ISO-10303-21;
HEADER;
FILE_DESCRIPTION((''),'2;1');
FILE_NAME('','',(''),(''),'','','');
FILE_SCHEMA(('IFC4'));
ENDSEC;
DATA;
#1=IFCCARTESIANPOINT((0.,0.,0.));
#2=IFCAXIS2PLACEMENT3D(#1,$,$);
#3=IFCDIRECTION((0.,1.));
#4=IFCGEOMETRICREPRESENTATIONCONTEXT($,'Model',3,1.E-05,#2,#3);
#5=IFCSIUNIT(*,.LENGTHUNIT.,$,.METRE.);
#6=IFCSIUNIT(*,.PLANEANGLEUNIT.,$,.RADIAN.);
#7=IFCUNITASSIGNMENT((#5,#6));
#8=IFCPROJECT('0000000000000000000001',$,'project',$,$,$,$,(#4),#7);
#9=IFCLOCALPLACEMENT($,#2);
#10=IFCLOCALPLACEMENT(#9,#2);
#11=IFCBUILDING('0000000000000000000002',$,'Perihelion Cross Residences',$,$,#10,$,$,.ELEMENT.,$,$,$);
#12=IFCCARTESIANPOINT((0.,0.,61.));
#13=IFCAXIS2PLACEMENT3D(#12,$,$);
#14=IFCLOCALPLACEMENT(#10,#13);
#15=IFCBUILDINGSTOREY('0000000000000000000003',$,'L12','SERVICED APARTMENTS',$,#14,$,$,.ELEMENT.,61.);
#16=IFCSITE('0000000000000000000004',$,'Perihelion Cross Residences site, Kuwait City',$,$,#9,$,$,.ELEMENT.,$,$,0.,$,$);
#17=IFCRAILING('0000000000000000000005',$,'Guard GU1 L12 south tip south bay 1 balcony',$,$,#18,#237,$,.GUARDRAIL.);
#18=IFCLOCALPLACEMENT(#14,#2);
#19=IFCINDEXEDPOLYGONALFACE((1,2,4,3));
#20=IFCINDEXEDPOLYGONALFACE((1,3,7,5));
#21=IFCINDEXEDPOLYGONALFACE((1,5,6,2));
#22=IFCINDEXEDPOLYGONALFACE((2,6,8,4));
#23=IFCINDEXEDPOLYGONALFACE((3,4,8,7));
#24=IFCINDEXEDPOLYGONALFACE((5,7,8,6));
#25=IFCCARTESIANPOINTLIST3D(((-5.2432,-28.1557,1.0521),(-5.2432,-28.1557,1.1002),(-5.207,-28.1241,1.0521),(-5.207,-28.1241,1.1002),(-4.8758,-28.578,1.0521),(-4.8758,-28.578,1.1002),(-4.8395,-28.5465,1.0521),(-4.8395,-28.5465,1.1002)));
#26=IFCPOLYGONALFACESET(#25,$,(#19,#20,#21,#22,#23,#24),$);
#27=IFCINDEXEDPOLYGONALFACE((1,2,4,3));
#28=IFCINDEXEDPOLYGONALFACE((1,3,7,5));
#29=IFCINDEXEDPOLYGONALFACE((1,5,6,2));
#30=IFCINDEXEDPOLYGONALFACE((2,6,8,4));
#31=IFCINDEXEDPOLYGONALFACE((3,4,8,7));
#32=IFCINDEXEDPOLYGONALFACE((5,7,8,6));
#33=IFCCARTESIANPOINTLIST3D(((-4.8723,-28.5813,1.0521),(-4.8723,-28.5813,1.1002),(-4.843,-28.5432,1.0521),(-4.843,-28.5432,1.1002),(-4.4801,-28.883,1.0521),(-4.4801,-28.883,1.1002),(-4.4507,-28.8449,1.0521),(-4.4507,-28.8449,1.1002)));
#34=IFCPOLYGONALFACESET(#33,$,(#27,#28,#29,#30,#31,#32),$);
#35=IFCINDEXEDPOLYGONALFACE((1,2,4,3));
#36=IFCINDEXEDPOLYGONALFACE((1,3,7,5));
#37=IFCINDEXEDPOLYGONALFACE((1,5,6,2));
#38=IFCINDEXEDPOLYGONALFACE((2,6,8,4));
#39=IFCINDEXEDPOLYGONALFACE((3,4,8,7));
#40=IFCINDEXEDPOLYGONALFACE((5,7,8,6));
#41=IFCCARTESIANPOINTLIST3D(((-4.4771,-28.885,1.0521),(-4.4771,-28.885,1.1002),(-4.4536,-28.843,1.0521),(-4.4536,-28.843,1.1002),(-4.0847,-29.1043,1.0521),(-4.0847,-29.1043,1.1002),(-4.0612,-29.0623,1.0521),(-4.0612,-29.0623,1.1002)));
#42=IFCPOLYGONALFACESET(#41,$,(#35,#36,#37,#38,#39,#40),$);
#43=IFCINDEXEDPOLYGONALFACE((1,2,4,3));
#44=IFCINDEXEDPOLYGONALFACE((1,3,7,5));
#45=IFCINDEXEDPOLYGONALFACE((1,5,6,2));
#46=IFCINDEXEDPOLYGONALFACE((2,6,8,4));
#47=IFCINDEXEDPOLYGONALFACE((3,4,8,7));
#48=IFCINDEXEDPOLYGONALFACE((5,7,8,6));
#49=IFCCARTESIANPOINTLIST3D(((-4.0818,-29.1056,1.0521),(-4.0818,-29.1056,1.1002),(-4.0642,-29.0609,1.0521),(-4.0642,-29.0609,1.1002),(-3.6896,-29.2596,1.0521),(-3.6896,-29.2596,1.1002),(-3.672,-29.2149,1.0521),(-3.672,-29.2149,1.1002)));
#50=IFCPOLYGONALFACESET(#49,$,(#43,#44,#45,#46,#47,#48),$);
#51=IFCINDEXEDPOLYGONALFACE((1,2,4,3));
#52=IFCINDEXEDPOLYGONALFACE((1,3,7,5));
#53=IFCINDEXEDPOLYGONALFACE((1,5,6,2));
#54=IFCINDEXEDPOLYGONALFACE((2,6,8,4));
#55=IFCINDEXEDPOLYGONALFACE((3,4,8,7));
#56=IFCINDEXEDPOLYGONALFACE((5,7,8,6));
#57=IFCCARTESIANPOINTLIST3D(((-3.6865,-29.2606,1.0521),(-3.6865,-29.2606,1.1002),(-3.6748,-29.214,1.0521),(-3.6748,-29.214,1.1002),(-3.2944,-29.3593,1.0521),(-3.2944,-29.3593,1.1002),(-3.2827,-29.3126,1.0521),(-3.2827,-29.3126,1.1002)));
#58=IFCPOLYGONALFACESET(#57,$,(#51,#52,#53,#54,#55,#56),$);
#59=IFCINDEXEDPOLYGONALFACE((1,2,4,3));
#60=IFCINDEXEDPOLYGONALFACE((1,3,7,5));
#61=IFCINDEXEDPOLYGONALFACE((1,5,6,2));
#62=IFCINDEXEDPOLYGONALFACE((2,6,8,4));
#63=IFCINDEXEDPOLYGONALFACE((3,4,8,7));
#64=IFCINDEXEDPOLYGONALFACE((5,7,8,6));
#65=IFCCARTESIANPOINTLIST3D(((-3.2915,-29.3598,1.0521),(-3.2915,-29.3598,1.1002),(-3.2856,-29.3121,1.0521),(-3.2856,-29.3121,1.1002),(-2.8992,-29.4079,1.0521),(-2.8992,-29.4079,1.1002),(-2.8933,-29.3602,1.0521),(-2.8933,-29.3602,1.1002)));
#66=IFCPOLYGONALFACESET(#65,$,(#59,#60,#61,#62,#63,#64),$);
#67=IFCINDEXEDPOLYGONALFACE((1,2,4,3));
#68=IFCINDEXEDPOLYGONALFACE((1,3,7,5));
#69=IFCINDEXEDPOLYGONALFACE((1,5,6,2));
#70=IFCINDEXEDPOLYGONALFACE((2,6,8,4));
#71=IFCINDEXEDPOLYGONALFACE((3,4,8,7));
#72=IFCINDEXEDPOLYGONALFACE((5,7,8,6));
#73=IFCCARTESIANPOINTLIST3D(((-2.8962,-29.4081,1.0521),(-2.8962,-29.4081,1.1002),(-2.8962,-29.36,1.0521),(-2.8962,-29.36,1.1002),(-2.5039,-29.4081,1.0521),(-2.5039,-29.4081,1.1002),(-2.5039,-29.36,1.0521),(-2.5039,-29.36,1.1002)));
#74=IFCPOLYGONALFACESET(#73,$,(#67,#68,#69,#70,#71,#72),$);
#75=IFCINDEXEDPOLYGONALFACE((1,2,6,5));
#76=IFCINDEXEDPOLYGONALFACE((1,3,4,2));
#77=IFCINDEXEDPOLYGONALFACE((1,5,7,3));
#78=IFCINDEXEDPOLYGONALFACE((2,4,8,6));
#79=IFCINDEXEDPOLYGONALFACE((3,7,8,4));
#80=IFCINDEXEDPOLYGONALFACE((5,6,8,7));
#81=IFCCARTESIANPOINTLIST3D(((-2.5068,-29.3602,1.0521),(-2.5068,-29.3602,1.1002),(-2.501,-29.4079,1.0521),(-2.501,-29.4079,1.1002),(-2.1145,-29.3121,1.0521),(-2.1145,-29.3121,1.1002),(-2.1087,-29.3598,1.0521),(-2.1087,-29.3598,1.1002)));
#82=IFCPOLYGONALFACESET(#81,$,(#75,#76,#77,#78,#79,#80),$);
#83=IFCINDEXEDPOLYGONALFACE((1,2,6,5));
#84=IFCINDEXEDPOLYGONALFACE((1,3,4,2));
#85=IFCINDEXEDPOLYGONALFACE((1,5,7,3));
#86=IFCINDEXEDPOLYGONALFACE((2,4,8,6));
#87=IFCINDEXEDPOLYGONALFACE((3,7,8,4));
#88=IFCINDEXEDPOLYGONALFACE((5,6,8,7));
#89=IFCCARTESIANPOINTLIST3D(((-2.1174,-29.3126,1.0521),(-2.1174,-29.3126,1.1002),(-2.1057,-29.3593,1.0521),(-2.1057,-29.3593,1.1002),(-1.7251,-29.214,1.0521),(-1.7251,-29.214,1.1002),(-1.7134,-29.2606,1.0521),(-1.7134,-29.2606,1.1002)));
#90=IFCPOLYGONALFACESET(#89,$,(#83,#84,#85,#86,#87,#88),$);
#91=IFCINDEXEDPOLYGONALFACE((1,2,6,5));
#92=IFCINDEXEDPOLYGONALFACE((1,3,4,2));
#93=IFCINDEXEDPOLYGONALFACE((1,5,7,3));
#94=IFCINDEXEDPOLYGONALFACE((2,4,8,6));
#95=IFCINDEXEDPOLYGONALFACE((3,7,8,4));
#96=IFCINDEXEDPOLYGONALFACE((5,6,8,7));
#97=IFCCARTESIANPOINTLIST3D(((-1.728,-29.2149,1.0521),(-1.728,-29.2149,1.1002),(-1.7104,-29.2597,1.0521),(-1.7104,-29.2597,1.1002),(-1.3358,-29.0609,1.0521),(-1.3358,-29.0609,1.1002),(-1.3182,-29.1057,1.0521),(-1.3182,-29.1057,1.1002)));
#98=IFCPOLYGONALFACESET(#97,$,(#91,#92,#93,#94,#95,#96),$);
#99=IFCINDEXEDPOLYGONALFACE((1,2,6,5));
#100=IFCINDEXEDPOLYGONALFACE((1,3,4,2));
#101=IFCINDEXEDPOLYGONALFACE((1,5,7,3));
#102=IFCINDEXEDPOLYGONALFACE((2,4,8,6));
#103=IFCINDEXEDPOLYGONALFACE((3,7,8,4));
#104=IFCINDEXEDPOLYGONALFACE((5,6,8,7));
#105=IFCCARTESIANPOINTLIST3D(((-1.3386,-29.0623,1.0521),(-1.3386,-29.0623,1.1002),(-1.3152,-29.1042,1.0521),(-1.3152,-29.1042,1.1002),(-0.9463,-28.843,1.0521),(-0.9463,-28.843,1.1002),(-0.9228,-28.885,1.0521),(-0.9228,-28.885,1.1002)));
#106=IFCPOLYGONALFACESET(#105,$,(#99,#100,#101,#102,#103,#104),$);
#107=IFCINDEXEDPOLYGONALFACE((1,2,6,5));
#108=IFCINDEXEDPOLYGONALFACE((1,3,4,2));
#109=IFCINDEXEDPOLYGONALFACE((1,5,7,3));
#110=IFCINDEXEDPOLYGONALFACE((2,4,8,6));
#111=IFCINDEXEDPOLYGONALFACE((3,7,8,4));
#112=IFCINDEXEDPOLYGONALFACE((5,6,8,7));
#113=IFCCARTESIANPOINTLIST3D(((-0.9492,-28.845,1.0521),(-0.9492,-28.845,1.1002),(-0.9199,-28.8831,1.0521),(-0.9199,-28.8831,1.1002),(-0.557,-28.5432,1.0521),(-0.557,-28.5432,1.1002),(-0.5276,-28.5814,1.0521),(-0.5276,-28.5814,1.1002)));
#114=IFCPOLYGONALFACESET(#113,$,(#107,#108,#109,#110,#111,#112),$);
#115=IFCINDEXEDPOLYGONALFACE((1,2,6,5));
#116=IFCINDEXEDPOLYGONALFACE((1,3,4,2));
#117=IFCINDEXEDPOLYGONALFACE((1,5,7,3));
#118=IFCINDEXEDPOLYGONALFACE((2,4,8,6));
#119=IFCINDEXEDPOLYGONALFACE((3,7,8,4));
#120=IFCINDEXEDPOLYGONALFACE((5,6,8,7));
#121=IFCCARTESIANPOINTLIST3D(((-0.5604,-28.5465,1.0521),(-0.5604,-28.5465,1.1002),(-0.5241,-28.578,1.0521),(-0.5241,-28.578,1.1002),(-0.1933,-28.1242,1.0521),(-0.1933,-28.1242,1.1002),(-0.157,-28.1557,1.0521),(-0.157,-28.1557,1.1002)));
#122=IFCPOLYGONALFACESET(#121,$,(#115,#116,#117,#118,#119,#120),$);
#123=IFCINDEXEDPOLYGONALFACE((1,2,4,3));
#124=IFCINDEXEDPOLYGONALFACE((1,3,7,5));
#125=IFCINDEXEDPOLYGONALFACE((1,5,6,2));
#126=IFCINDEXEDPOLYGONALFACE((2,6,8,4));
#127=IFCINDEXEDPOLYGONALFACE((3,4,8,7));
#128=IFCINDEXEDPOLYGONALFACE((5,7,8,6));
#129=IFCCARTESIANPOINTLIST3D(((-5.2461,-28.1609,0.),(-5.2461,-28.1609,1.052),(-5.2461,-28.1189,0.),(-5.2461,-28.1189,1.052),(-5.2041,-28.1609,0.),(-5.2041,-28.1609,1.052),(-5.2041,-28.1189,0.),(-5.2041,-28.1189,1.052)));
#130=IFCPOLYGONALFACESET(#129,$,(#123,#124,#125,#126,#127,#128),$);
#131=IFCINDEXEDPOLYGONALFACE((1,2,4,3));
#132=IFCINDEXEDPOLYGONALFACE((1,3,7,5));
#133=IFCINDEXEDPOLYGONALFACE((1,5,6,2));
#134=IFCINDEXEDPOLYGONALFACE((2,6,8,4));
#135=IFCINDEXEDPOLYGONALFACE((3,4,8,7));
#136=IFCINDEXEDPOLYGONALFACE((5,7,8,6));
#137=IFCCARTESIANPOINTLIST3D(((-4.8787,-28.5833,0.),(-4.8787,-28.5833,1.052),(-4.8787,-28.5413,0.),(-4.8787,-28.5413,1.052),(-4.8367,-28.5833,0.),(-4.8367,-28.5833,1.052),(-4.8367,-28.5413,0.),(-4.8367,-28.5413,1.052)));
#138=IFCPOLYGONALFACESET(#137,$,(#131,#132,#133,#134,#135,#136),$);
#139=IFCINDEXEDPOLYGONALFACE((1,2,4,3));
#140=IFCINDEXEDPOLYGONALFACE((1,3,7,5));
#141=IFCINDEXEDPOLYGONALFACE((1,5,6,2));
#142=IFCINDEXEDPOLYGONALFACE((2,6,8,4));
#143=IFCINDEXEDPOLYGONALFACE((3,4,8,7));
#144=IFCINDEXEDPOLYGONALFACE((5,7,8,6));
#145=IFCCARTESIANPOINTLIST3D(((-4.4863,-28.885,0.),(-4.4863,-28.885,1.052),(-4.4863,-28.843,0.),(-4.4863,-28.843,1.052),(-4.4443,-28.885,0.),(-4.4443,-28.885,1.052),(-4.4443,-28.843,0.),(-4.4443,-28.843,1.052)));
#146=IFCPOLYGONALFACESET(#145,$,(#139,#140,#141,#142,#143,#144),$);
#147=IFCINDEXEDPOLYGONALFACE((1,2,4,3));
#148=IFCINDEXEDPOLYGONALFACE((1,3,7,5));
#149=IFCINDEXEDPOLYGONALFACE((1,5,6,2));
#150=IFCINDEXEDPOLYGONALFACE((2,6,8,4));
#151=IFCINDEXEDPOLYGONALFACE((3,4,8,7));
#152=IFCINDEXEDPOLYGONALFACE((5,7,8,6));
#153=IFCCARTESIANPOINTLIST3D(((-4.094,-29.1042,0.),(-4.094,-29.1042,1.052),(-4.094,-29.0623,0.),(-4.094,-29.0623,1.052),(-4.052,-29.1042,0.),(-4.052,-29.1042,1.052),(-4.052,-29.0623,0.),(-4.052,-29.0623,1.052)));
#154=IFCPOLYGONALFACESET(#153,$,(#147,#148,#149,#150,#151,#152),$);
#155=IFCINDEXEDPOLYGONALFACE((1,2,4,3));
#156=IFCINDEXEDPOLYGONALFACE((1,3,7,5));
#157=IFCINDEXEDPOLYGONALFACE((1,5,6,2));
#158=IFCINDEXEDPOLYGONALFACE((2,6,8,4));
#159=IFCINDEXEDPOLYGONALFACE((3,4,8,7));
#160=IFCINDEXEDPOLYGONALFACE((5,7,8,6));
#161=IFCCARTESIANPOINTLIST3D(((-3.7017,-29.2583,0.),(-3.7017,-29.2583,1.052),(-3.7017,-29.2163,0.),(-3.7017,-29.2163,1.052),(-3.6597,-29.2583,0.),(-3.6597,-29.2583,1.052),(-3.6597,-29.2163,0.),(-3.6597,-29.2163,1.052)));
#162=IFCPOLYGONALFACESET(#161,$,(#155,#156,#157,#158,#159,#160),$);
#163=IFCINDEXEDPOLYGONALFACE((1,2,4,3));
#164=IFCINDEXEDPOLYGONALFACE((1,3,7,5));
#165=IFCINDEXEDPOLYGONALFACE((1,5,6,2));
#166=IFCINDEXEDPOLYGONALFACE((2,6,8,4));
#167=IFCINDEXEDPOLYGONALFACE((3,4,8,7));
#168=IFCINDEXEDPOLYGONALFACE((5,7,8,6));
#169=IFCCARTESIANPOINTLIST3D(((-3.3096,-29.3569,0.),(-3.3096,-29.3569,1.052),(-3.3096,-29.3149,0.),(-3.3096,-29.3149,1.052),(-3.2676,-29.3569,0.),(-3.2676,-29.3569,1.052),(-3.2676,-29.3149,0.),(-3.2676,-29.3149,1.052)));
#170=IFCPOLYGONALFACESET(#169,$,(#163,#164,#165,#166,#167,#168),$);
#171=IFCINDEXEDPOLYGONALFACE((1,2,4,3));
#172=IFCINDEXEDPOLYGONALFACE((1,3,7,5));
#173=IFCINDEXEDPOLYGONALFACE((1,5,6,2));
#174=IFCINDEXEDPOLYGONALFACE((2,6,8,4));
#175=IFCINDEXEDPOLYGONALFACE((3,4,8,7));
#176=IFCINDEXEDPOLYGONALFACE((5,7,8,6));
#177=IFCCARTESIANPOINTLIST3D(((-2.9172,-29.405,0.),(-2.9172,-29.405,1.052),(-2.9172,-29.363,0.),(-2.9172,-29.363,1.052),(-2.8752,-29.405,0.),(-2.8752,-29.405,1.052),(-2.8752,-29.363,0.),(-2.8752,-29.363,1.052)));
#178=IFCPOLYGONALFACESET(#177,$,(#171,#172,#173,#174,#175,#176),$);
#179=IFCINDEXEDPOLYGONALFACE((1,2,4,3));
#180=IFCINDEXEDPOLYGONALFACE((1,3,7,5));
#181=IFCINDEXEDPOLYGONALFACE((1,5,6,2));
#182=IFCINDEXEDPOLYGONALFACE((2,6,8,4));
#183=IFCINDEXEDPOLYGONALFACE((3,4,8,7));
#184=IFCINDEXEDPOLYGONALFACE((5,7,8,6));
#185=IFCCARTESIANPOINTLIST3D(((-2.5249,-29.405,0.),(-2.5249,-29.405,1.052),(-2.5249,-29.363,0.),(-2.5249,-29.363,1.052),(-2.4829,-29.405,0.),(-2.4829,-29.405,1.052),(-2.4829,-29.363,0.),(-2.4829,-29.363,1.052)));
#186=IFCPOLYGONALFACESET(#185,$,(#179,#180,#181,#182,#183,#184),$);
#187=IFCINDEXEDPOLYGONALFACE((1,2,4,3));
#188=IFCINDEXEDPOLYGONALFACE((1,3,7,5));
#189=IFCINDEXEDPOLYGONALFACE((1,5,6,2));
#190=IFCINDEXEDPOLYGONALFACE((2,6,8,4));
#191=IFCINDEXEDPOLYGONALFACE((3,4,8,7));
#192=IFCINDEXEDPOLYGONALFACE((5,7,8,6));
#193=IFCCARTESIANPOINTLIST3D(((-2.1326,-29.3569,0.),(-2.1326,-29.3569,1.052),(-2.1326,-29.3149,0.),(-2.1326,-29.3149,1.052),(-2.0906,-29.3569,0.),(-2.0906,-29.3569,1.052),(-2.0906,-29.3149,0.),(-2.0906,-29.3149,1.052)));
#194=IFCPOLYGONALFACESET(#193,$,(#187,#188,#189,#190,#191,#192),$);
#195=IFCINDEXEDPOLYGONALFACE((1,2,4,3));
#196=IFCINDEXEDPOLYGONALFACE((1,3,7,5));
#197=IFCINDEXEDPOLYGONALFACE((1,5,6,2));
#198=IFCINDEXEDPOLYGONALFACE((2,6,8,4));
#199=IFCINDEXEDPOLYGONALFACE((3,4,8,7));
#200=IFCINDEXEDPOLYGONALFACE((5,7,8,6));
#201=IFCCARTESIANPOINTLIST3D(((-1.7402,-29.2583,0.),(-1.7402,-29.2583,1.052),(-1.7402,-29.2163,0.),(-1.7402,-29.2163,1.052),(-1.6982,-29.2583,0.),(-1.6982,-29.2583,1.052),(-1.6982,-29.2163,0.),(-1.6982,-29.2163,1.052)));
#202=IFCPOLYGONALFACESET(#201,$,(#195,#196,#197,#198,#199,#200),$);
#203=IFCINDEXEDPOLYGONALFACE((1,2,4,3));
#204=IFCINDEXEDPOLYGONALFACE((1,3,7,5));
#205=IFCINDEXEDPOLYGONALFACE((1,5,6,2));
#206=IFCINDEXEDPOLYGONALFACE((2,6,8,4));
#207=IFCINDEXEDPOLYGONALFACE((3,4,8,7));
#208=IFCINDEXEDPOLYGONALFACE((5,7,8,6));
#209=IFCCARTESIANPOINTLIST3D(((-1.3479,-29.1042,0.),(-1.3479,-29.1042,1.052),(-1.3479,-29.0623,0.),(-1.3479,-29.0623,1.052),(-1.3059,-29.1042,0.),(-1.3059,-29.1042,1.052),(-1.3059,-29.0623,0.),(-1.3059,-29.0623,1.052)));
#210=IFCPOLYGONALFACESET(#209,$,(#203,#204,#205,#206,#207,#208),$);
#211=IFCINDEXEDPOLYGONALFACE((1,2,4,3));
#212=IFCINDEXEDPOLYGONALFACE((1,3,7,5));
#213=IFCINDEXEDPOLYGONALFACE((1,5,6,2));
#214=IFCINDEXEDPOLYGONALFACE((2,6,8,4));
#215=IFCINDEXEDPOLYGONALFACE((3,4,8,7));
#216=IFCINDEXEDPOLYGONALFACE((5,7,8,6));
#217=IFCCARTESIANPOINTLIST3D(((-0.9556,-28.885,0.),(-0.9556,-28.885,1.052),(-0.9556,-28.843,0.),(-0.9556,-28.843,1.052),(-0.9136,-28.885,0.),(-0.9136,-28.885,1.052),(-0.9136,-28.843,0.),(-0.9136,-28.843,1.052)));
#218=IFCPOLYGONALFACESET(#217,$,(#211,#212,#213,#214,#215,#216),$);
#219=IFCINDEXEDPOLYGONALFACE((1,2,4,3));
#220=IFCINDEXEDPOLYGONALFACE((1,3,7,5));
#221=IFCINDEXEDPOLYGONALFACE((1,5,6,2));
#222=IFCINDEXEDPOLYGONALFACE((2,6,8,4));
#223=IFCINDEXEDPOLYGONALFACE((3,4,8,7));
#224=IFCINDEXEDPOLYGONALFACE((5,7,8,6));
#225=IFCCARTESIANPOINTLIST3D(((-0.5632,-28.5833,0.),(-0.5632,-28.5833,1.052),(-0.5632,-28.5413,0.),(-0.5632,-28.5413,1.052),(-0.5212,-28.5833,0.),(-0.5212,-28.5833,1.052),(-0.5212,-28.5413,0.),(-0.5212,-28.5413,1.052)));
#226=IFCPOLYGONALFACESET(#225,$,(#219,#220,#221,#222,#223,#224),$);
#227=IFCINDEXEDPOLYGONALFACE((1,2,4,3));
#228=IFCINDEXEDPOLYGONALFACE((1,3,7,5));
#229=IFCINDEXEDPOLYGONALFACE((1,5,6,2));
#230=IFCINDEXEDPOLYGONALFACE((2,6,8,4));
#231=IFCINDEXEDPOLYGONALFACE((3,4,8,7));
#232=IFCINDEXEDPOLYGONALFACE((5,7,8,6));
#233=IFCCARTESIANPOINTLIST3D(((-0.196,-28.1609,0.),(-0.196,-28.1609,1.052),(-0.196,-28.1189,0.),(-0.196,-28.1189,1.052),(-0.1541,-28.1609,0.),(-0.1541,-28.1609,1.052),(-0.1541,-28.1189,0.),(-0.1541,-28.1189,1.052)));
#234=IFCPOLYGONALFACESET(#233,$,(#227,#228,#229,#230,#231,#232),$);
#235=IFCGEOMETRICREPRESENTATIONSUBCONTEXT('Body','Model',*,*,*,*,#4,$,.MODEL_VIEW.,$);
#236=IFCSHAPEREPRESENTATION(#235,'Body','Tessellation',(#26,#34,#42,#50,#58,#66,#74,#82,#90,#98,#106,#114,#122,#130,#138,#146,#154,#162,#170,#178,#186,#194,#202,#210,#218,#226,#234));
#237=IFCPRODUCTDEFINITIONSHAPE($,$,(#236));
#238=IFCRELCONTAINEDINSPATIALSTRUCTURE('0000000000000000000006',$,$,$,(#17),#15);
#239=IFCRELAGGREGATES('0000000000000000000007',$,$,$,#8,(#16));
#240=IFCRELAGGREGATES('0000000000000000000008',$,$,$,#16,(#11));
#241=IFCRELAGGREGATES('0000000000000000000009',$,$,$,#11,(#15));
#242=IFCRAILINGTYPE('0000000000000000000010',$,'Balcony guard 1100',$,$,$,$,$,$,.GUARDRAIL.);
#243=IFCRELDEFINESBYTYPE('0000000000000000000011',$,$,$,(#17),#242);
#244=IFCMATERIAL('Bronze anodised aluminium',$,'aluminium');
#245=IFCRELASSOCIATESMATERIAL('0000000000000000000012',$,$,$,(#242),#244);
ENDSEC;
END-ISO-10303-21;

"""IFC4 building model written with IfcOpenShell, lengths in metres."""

from ifc_helpers import new_model, si_unit, direction, frame, origin, origin_2d, place, context, subcontext, project, spatial, rectangle, extrude, material, type_object, element, save


model = new_model("IFC4")

# Units and contexts
model_context = context("Model", 3, precision=1e-05, world=origin(), true_north=direction((0.0, 1.0)))
body_context = subcontext(model_context, "Body", "Model", "MODEL_VIEW")
ifc_project = project(units=[si_unit("LENGTHUNIT", "METRE"), si_unit("PLANEANGLEUNIT", "RADIAN")], contexts=[model_context])

# Site, building, storey
site_placement = place(None, origin())
site = spatial("IfcSite", under=ifc_project, at=site_placement, Name="Perihelion Cross Residences site, Kuwait City", CompositionType="ELEMENT", RefElevation=0.0)
building_placement = place(site_placement, origin())
building = spatial("IfcBuilding", under=site, at=building_placement, Name="Perihelion Cross Residences", CompositionType="ELEMENT")
storey_placement = place(building_placement, frame((0.0, 0.0, 61.0)))
storey = spatial("IfcBuildingStorey", under=building, at=storey_placement, Name="L12", Description="SERVICED APARTMENTS", CompositionType="ELEMENT", Elevation=61.0)

# Railing
ifc_material_1 = material(Name="Bronze anodised aluminium", Category="aluminium")
railing_type = type_object("IfcRailingType", Name="Balcony guard 1100", PredefinedType="GUARDRAIL", material=ifc_material_1)
railing_placement = place(storey_placement, frame((-5.2251, -28.1399, 0.0)))
element("IfcRailing", 1, at=railing_placement, inside=storey, type_object=railing_type, Name="Guard GU1 L12 south tip south bay 1 balcony", PredefinedType="GUARDRAIL", context=body_context, shape_type="SweptSolid", body=[
    extrude(rectangle(XDim=0.0481, YDim=0.0481, at=origin_2d()), frame((0.0, 0.0, 1.0762), z_axis=(0.656341, -0.754465, 0.0), x_axis=(0.754465, 0.656341, 0.0)), (0.0, 0.0, 1.0), 0.5598),
    extrude(rectangle(XDim=0.0481, YDim=0.0481, at=origin_2d()), frame((0.3674, -0.4224, 1.0762), z_axis=(0.792661, -0.609663, 0.0), x_axis=(0.609663, 0.792661, 0.0)), (0.0, 0.0, 1.0), 0.4949),
    extrude(rectangle(XDim=0.0481, YDim=0.0481, at=origin_2d()), frame((0.7598, -0.7241, 1.0762), z_axis=(0.87295, -0.487809, 0.0), x_axis=(0.487809, 0.87295, 0.0)), (0.0, 0.0, 1.0), 0.4495),
    extrude(rectangle(XDim=0.0481, YDim=0.0481, at=origin_2d()), frame((1.1521, -0.9434, 1.0762), z_axis=(0.930815, -0.365491, 0.0), x_axis=(0.365491, 0.930815, 0.0)), (0.0, 0.0, 1.0), 0.4214),
    extrude(rectangle(XDim=0.0481, YDim=0.0481, at=origin_2d()), frame((1.5444, -1.0974, 1.0762), z_axis=(0.969786, -0.243956, 0.0), x_axis=(0.243956, 0.969786, 0.0)), (0.0, 0.0, 1.0), 0.4043),
    extrude(rectangle(XDim=0.0481, YDim=0.0481, at=origin_2d()), frame((1.9365, -1.196, 1.0762), z_axis=(0.99257, -0.121678, 0.0), x_axis=(0.121678, 0.99257, 0.0)), (0.0, 0.0, 1.0), 0.3953),
    extrude(rectangle(XDim=0.0481, YDim=0.0481, at=origin_2d()), frame((2.3289, -1.2441, 1.0762), z_axis=(1.0, 0.0, 0.0), x_axis=(0.0, 1.0, 0.0)), (0.0, 0.0, 1.0), 0.3923),
    extrude(rectangle(XDim=0.0481, YDim=0.0481, at=origin_2d()), frame((2.7212, -1.2441, 1.0762), z_axis=(0.99257, 0.121678, 0.0), x_axis=(-0.121678, 0.99257, 0.0)), (0.0, 0.0, 1.0), 0.3953),
    extrude(rectangle(XDim=0.0481, YDim=0.0481, at=origin_2d()), frame((3.1135, -1.196, 1.0762), z_axis=(0.969822, 0.243813, 0.0), x_axis=(-0.243813, 0.969822, 0.0)), (0.0, 0.0, 1.0), 0.4045),
    extrude(rectangle(XDim=0.0481, YDim=0.0481, at=origin_2d()), frame((3.5059, -1.0974, 1.0762), z_axis=(0.930815, 0.365491, 0.0), x_axis=(-0.365491, 0.930815, 0.0)), (0.0, 0.0, 1.0), 0.4214),
    extrude(rectangle(XDim=0.0481, YDim=0.0481, at=origin_2d()), frame((3.8982, -0.9434, 1.0762), z_axis=(0.87295, 0.487809, 0.0), x_axis=(-0.487809, 0.87295, 0.0)), (0.0, 0.0, 1.0), 0.4495),
    extrude(rectangle(XDim=0.0481, YDim=0.0481, at=origin_2d()), frame((4.2905, -0.7241, 1.0762), z_axis=(0.792661, 0.609663, 0.0), x_axis=(-0.609663, 0.792661, 0.0)), (0.0, 0.0, 1.0), 0.4949),
    extrude(rectangle(XDim=0.0481, YDim=0.0481, at=origin_2d()), frame((4.6829, -0.4224, 1.0762), z_axis=(0.656092, 0.754681, 0.0), x_axis=(-0.754681, 0.656092, 0.0)), (0.0, 0.0, 1.0), 0.5596),
    extrude(rectangle(XDim=0.042, YDim=0.042, at=origin_2d()), origin(), (0.0, 0.0, 1.0), 1.052),
    extrude(rectangle(XDim=0.042, YDim=0.042, at=origin_2d()), frame((0.3674, -0.4224, 0.0)), (0.0, 0.0, 1.0), 1.052),
    extrude(rectangle(XDim=0.042, YDim=0.042, at=origin_2d()), frame((0.7598, -0.7241, 0.0)), (0.0, 0.0, 1.0), 1.052),
    extrude(rectangle(XDim=0.042, YDim=0.042, at=origin_2d()), frame((1.1521, -0.9434, 0.0)), (0.0, 0.0, 1.0), 1.052),
    extrude(rectangle(XDim=0.042, YDim=0.042, at=origin_2d()), frame((1.5444, -1.0974, 0.0)), (0.0, 0.0, 1.0), 1.052),
    extrude(rectangle(XDim=0.042, YDim=0.042, at=origin_2d()), frame((1.9365, -1.196, 0.0)), (0.0, 0.0, 1.0), 1.052),
    extrude(rectangle(XDim=0.042, YDim=0.042, at=origin_2d()), frame((2.3289, -1.2441, 0.0)), (0.0, 0.0, 1.0), 1.052),
    extrude(rectangle(XDim=0.042, YDim=0.042, at=origin_2d()), frame((2.7212, -1.2441, 0.0)), (0.0, 0.0, 1.0), 1.052),
    extrude(rectangle(XDim=0.042, YDim=0.042, at=origin_2d()), frame((3.1135, -1.196, 0.0)), (0.0, 0.0, 1.0), 1.052),
    extrude(rectangle(XDim=0.042, YDim=0.042, at=origin_2d()), frame((3.5059, -1.0974, 0.0)), (0.0, 0.0, 1.0), 1.052),
    extrude(rectangle(XDim=0.042, YDim=0.042, at=origin_2d()), frame((3.8982, -0.9434, 0.0)), (0.0, 0.0, 1.0), 1.052),
    extrude(rectangle(XDim=0.042, YDim=0.042, at=origin_2d()), frame((4.2905, -0.7241, 0.0)), (0.0, 0.0, 1.0), 1.052),
    extrude(rectangle(XDim=0.042, YDim=0.042, at=origin_2d()), frame((4.6829, -0.4224, 0.0)), (0.0, 0.0, 1.0), 1.052),
    extrude(rectangle(XDim=0.042, YDim=0.042, at=origin_2d()), frame((5.05, 0.0, 0.0)), (0.0, 0.0, 1.0), 1.052),
])

save(model, "model.ifc")
